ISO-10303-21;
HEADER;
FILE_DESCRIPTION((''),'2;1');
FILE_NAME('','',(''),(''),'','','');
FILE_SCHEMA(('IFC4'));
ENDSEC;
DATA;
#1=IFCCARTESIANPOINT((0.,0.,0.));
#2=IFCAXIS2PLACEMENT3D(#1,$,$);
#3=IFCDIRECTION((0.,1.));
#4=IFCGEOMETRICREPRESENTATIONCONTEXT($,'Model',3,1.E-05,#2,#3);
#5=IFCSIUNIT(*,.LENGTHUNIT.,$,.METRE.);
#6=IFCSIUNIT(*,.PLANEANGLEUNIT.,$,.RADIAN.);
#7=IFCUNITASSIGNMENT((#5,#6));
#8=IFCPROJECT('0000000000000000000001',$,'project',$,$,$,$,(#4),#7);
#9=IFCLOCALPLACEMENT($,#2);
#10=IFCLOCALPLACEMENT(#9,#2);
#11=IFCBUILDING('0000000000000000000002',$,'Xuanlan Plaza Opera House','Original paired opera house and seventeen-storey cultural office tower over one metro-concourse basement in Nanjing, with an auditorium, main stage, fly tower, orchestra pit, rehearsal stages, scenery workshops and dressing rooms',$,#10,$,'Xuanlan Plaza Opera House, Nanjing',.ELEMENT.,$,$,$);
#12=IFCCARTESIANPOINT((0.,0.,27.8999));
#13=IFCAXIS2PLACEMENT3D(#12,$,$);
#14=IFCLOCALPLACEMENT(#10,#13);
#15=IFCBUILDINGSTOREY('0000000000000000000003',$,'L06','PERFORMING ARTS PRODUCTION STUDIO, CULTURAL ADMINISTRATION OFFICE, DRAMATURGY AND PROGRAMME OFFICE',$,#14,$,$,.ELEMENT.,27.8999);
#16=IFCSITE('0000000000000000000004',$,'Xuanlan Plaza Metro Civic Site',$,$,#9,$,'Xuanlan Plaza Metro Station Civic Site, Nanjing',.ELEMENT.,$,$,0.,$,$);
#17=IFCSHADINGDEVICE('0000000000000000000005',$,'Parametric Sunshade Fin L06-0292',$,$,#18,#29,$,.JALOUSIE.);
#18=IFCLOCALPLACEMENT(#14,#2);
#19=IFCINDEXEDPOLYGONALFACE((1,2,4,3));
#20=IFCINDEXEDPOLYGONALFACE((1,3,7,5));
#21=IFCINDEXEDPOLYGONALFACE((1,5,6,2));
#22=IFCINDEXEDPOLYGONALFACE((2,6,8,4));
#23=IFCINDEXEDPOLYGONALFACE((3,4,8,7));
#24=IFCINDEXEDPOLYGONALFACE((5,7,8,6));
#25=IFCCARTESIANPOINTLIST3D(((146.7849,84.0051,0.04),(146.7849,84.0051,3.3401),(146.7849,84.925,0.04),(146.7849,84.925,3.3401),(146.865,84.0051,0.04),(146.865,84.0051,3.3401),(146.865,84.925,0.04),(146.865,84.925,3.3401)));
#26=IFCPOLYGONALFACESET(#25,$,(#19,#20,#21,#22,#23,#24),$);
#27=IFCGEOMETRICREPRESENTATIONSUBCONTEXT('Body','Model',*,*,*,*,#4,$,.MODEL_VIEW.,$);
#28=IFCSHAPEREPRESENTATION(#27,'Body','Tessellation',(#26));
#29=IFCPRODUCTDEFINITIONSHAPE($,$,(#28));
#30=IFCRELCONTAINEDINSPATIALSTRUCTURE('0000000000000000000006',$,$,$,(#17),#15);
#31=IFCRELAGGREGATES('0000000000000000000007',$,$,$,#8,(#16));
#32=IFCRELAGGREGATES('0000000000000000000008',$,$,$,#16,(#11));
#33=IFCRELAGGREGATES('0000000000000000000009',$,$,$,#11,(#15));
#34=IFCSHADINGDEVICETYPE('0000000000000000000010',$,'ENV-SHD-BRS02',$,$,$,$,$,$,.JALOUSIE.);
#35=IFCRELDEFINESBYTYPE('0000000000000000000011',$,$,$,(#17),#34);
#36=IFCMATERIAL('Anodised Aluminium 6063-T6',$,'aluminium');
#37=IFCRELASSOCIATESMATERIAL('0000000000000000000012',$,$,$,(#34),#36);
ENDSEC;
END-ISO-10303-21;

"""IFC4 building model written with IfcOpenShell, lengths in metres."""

from ifc_helpers import new_model, si_unit, direction, frame, origin, origin_2d, place, context, subcontext, project, spatial, rectangle, extrude, material, type_object, element, save


model = new_model("IFC4")

# Units and contexts
model_context = context("Model", 3, precision=1e-05, world=origin(), true_north=direction((0.0, 1.0)))
body_context = subcontext(model_context, "Body", "Model", "MODEL_VIEW")
ifc_project = project(units=[si_unit("LENGTHUNIT", "METRE"), si_unit("PLANEANGLEUNIT", "RADIAN")], contexts=[model_context])

# Site, building, storey
site_placement = place(None, origin())
site = spatial("IfcSite", under=ifc_project, at=site_placement, Name="Xuanlan Plaza Metro Civic Site", LongName="Xuanlan Plaza Metro Station Civic Site, Nanjing", CompositionType="ELEMENT", RefElevation=0.0)
building_placement = place(site_placement, origin())
building = spatial("IfcBuilding", under=site, at=building_placement, Name="Xuanlan Plaza Opera House", Description="Original paired opera house and seventeen-storey cultural office tower over one metro-concourse basement in Nanjing, with an auditorium, main stage, fly tower, orchestra pit, rehearsal stages, scenery workshops and dressing rooms", LongName="Xuanlan Plaza Opera House, Nanjing", CompositionType="ELEMENT")
storey_placement = place(building_placement, frame((0.0, 0.0, 27.8999)))
storey = spatial("IfcBuildingStorey", under=building, at=storey_placement, Name="L06", Description="PERFORMING ARTS PRODUCTION STUDIO, CULTURAL ADMINISTRATION OFFICE, DRAMATURGY AND PROGRAMME OFFICE", CompositionType="ELEMENT", Elevation=27.8999)

# Shared definitions
ifc_material_1 = material(Name="Anodised Aluminium 6063-T6", Category="aluminium")

# Shading device
shading_device_type = type_object("IfcShadingDeviceType", Name="ENV-SHD-BRS02", PredefinedType="JALOUSIE", material=ifc_material_1)
shading_device_placement = place(storey_placement, frame((146.825, 84.4651, 0.04), z_axis=(0.0, 0.0, 1.0), x_axis=(0.0, 1.0, 0.0)))
element("IfcShadingDevice", 1, at=shading_device_placement, inside=storey, type_object=shading_device_type, Name="Parametric Sunshade Fin L06-0292", PredefinedType="JALOUSIE", context=body_context, shape_type="SweptSolid", body=[
    extrude(rectangle(XDim=0.9199, YDim=0.0801, at=origin_2d()), origin(), (0.0, 0.0, 1.0), 3.3),
])

save(model, "model.ifc")
